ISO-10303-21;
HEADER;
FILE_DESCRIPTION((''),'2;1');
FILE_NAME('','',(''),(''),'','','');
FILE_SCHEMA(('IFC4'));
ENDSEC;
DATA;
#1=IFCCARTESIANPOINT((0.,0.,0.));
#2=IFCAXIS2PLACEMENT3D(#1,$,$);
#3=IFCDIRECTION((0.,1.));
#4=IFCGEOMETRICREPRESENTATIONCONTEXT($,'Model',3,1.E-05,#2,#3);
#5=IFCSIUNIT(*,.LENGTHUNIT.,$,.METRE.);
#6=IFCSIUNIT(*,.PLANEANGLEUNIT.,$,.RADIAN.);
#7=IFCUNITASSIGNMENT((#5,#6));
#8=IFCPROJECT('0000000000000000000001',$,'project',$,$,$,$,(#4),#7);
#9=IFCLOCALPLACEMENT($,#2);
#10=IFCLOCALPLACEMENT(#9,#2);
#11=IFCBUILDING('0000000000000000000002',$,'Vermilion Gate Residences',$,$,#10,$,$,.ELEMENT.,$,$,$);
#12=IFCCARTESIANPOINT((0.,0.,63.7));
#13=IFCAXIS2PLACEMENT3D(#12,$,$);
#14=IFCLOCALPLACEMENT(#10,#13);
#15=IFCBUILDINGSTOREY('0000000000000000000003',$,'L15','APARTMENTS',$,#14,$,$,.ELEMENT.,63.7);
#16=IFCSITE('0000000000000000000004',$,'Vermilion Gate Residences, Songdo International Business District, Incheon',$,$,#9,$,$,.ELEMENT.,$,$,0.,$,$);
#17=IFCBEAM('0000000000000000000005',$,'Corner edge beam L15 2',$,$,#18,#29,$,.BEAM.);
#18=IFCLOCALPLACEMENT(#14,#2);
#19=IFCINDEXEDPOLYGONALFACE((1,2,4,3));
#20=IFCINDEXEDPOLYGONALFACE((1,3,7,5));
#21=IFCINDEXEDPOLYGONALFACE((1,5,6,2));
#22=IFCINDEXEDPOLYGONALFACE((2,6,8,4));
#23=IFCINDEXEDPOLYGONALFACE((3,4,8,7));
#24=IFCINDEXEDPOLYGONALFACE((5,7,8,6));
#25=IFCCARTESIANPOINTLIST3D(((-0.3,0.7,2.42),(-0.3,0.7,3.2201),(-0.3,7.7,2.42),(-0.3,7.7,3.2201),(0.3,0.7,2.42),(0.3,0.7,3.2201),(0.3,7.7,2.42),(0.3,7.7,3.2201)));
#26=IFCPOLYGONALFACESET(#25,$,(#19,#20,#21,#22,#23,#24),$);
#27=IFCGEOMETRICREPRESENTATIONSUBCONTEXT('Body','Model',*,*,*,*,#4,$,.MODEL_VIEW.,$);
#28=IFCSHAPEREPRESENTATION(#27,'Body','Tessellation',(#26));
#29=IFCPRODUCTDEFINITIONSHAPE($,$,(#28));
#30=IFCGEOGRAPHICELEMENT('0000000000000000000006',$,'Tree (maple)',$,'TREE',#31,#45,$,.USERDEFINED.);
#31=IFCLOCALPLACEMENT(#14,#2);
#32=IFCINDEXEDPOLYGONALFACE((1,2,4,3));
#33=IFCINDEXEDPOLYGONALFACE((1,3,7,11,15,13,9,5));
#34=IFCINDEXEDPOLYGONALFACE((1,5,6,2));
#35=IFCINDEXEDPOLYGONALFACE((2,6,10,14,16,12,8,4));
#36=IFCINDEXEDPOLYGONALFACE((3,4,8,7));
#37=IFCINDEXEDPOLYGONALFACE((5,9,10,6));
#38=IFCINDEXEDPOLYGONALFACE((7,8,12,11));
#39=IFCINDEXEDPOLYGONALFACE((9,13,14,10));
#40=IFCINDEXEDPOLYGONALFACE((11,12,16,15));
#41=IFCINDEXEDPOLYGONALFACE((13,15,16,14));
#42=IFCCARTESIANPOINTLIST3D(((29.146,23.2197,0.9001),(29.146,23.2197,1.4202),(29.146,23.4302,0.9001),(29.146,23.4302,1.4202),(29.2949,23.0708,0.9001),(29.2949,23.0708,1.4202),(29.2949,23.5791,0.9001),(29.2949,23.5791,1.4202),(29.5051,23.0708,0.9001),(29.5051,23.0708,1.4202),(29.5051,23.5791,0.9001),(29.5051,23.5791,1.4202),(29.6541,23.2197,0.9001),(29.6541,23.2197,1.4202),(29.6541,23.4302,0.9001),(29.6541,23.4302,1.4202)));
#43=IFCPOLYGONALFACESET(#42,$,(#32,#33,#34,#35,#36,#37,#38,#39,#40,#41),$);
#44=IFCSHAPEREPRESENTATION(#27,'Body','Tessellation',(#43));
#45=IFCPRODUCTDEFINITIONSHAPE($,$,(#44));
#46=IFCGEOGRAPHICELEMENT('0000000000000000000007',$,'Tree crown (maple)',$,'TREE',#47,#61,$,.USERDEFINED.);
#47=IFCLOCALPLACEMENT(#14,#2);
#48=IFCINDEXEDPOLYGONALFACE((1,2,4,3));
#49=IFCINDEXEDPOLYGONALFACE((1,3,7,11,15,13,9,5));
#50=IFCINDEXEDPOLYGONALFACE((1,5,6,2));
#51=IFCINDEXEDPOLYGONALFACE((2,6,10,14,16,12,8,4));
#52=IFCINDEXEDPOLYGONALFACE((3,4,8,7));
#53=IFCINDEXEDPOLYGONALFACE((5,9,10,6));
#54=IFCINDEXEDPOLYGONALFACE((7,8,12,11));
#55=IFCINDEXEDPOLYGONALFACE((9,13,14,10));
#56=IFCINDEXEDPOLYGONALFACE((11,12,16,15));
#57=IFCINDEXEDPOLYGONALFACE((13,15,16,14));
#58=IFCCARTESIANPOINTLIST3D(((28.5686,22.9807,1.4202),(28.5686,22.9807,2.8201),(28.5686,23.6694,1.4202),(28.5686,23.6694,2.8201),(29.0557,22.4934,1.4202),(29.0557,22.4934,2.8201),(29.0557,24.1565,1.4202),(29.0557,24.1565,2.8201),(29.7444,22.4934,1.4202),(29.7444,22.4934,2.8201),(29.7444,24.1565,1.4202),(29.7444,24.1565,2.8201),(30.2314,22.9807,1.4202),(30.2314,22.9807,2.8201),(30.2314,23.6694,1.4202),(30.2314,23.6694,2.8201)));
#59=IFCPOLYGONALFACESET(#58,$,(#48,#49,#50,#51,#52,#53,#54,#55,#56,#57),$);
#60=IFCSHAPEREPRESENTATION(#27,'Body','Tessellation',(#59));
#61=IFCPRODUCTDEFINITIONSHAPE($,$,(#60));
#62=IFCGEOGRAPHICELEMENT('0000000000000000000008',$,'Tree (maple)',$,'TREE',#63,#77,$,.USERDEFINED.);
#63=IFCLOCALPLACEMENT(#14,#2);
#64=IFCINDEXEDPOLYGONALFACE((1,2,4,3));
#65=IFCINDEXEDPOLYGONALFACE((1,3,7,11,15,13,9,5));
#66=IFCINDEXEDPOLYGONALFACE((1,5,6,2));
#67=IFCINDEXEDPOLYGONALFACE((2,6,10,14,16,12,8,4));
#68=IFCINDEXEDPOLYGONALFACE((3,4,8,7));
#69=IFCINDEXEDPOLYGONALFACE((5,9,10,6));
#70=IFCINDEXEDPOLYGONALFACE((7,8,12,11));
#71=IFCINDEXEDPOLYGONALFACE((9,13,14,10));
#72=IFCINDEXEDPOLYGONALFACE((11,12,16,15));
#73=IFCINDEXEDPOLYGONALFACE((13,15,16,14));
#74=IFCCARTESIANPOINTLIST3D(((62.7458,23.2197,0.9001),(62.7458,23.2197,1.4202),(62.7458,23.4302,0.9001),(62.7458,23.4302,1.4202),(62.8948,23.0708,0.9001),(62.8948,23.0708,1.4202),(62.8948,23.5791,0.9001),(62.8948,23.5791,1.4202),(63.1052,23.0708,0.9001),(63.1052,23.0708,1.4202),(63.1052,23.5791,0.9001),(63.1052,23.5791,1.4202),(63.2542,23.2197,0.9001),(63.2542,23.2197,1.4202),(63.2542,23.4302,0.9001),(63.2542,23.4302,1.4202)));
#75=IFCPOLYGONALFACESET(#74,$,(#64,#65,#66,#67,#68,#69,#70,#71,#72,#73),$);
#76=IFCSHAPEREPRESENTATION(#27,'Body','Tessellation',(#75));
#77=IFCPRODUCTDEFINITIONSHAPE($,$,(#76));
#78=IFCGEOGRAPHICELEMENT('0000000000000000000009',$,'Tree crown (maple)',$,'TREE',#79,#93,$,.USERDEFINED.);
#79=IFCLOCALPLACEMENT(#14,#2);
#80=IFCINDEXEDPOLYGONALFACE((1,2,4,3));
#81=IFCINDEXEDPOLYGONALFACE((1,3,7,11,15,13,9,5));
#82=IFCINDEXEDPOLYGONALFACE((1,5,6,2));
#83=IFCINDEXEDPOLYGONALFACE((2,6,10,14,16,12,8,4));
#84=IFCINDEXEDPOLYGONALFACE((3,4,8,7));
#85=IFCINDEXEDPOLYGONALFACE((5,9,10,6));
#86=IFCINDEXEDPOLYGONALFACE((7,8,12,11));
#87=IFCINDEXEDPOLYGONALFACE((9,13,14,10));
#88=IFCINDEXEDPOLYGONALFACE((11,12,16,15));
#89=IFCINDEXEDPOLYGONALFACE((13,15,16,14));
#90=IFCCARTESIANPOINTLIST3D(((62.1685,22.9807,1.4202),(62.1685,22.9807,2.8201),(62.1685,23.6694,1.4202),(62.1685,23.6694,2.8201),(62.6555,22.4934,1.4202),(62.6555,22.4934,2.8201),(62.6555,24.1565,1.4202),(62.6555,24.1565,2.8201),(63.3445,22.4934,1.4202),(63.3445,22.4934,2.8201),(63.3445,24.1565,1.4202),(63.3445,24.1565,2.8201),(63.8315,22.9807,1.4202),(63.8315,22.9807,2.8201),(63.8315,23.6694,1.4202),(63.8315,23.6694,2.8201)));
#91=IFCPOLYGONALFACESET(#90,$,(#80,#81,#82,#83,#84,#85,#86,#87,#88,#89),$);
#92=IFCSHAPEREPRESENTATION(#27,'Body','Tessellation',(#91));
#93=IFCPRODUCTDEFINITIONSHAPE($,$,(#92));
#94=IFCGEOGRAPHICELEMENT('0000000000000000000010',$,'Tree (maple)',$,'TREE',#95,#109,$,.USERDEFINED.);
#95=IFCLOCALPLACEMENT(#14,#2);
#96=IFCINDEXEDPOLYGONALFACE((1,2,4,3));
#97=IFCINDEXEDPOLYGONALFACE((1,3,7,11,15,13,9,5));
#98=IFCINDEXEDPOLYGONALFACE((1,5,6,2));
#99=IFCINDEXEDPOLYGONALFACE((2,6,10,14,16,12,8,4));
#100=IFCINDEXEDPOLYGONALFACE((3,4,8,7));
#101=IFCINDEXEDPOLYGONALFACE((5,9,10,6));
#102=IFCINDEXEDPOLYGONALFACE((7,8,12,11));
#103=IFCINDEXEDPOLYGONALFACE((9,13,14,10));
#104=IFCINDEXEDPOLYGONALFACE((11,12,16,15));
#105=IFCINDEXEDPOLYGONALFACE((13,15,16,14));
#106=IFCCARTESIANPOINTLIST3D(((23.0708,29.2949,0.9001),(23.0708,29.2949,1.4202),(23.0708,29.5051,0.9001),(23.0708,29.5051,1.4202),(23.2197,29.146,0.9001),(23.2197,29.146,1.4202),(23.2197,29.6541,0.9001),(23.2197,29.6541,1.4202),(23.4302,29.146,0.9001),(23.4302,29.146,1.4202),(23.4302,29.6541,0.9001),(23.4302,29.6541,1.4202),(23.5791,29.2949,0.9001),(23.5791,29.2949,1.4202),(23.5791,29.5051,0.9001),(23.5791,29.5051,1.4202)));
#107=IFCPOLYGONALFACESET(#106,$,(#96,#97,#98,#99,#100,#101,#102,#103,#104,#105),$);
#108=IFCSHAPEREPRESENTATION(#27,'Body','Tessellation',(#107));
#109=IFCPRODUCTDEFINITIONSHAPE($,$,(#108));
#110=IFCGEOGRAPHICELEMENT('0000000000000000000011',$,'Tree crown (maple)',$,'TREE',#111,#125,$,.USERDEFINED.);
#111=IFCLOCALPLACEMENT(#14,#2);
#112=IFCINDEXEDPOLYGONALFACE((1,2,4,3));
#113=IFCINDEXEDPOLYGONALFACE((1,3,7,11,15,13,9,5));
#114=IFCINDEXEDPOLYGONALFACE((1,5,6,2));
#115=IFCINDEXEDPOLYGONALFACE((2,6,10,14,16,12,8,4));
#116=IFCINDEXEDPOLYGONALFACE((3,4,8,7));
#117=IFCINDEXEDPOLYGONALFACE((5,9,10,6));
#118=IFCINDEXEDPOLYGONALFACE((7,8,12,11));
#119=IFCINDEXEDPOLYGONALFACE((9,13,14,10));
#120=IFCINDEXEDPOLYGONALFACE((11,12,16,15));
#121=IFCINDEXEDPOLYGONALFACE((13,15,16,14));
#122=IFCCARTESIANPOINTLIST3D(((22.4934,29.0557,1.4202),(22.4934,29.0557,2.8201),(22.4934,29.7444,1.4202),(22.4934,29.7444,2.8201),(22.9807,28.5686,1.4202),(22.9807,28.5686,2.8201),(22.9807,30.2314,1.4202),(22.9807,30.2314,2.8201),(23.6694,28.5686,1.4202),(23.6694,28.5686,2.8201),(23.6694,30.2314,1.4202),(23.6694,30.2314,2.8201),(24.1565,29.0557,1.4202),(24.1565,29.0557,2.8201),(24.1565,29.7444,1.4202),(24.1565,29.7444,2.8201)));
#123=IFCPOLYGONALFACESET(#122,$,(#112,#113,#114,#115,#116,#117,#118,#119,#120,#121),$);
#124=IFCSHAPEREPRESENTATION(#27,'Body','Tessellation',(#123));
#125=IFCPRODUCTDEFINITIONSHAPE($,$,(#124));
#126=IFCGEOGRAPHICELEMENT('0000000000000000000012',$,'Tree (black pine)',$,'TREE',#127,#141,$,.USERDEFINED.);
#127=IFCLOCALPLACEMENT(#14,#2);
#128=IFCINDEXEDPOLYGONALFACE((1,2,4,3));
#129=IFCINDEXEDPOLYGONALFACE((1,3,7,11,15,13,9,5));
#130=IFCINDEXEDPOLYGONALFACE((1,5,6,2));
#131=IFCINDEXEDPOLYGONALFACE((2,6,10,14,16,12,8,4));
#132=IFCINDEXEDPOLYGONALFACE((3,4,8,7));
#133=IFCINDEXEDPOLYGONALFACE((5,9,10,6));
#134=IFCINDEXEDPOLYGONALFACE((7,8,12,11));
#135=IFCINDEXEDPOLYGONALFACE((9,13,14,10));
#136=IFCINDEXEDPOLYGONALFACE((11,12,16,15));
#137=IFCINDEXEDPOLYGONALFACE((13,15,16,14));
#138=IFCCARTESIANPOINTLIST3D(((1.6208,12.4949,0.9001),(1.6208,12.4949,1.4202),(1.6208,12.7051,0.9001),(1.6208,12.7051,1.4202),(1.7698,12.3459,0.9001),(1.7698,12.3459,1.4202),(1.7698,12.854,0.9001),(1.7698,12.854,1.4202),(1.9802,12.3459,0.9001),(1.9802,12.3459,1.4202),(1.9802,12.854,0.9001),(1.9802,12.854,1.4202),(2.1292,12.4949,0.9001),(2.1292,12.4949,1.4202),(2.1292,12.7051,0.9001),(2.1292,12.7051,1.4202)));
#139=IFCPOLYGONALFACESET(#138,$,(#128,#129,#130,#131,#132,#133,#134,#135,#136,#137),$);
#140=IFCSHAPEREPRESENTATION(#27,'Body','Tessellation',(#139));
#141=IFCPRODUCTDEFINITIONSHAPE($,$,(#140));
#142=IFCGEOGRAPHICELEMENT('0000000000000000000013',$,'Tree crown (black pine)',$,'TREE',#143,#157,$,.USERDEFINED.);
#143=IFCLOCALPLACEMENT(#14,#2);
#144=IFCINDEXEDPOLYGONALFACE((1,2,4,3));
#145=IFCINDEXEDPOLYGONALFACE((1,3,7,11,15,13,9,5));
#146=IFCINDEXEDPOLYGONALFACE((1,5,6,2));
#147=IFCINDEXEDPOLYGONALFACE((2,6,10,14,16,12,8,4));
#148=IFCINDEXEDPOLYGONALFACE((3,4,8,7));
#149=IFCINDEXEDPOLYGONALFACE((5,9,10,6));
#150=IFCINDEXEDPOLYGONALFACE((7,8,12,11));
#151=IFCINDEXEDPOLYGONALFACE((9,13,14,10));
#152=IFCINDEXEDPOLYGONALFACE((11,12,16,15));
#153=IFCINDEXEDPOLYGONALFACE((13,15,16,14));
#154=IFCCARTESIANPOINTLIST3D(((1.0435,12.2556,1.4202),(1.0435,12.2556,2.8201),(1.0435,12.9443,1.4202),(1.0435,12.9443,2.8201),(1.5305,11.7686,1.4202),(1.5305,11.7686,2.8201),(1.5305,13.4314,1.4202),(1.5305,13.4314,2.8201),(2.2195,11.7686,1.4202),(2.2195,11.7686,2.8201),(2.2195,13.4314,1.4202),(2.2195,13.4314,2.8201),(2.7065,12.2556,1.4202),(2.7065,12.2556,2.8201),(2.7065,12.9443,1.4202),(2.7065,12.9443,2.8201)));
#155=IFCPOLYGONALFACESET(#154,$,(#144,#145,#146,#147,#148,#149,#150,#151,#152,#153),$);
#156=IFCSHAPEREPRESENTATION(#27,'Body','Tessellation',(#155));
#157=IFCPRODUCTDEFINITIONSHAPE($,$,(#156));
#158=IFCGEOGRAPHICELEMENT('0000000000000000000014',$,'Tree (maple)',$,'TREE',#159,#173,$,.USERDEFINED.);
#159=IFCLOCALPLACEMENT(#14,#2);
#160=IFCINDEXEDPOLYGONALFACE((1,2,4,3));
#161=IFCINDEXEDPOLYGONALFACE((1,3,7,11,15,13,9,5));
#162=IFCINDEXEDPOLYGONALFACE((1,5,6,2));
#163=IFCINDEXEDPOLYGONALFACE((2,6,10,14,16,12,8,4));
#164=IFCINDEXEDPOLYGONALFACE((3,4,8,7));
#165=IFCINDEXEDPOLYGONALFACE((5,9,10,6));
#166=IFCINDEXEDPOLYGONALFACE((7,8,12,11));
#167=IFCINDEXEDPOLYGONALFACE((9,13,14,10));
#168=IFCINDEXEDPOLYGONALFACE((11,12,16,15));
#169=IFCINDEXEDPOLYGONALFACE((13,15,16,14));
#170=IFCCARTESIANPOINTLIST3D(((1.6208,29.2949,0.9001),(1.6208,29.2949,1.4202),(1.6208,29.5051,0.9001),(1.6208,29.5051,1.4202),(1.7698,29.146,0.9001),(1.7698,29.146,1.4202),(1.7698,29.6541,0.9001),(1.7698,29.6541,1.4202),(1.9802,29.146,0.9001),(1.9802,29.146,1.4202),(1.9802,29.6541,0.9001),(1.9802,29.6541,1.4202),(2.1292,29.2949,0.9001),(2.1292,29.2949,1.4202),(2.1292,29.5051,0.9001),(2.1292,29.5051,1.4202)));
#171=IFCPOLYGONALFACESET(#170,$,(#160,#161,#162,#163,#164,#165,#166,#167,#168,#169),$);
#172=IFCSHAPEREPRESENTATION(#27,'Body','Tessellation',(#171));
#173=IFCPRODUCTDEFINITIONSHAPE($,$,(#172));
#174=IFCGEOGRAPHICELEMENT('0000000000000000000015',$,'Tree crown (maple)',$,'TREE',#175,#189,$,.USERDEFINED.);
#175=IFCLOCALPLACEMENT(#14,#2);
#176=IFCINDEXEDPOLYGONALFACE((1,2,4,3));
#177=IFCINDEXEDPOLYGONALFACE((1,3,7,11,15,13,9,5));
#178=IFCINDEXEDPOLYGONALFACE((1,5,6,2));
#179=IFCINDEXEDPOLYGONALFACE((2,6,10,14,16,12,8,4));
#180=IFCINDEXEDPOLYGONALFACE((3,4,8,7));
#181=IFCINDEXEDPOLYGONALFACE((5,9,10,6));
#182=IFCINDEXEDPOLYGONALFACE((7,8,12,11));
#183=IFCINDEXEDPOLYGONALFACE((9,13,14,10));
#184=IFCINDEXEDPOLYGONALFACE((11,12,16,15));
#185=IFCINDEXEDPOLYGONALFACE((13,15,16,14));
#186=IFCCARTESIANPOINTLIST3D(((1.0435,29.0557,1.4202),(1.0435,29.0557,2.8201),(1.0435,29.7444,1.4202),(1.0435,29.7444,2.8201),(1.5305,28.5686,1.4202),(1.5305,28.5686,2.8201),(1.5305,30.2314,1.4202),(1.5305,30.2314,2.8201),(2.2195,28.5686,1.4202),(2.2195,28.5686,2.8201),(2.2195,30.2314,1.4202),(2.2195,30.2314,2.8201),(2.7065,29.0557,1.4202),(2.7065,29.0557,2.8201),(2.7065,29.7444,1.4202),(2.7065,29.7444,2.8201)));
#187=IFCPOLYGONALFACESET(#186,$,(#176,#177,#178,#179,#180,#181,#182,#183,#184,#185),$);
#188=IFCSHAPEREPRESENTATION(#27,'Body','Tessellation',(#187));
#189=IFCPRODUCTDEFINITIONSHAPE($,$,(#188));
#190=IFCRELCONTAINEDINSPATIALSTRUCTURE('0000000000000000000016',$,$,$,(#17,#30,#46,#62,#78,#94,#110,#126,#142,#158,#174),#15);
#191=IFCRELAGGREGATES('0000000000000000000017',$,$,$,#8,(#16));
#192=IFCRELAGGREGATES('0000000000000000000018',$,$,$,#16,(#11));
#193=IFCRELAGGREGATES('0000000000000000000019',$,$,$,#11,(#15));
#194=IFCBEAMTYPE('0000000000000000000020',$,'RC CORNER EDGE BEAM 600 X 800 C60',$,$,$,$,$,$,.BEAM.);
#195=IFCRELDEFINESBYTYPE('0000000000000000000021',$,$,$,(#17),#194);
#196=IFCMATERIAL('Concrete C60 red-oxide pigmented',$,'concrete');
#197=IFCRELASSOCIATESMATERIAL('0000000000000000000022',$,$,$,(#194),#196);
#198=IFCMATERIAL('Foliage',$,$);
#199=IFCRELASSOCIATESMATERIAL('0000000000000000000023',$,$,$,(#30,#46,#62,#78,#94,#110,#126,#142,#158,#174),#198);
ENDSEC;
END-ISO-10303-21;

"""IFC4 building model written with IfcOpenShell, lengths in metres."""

from ifc_helpers import new_model, si_unit, direction, frame, origin, origin_2d, place, context, subcontext, project, spatial, polyline, rectangle, outline, extrude, material, material_profile, profile_set, type_object, element, save


model = new_model("IFC4")

# Units and contexts
model_context = context("Model", 3, precision=1e-05, world=origin(), true_north=direction((0.0, 1.0)))
body_context = subcontext(model_context, "Body", "Model", "MODEL_VIEW")
ifc_project = project(units=[si_unit("LENGTHUNIT", "METRE"), si_unit("PLANEANGLEUNIT", "RADIAN")], contexts=[model_context])

# Site, building, storey
site_placement = place(None, origin())
site = spatial("IfcSite", under=ifc_project, at=site_placement, Name="Vermilion Gate Residences, Songdo International Business District, Incheon", CompositionType="ELEMENT", RefElevation=0.0)
building_placement = place(site_placement, origin())
building = spatial("IfcBuilding", under=site, at=building_placement, Name="Vermilion Gate Residences", CompositionType="ELEMENT")
storey_placement = place(building_placement, frame((0.0, 0.0, 63.7)))
storey = spatial("IfcBuildingStorey", under=building, at=storey_placement, Name="L15", Description="APARTMENTS", CompositionType="ELEMENT", Elevation=63.7)

# Beam
ifc_material_1 = material(Name="Concrete C60 red-oxide pigmented", Category="concrete")
ifc_material_profile = material_profile(ifc_material_1, rectangle(XDim=0.6001, YDim=0.8, at=origin_2d()), Name="RC-600x800")
ifc_profile_set = profile_set([ifc_material_profile], Name="Concrete C60 red-oxide pigmented")
beam_type = type_object("IfcBeamType", Name="RC CORNER EDGE BEAM 600 X 800 C60", PredefinedType="BEAM", material=ifc_profile_set)
beam_placement = place(storey_placement, frame((0.0, 0.7, 2.8201), z_axis=(0.0, 1.0, 0.0), x_axis=(-1.0, 0.0, 0.0)))
element("IfcBeam", 1, at=beam_placement, inside=storey, type_object=beam_type, Name="Corner edge beam L15 2", PredefinedType="BEAM", context=body_context, shape_type="SweptSolid", body=[
    extrude(rectangle(XDim=0.6001, YDim=0.8, at=origin_2d()), origin(), (0.0, 0.0, 1.0), 7.0),
])

# Geographic elements
ifc_material_2 = material(Name="Foliage")
geographic_element_1_placement = place(storey_placement, frame((0.0, 0.0, 0.9001)))
element("IfcGeographicElement", 2, at=geographic_element_1_placement, inside=storey, material=ifc_material_2, Name="Tree (maple)", ObjectType="TREE", PredefinedType="USERDEFINED", context=body_context, shape_type="SweptSolid", body=[
    extrude(outline(polyline([(29.6541, 23.4302), (29.5051, 23.5791), (29.2949, 23.5791), (29.146, 23.4302), (29.146, 23.2197), (29.2949, 23.0708), (29.5051, 23.0708), (29.6541, 23.2197), (29.6541, 23.4302)])), origin(), (0.0, 0.0, 1.0), 0.52),
])
geographic_element_2_placement = place(storey_placement, frame((0.0, 0.0, 1.4202)))
element("IfcGeographicElement", 3, at=geographic_element_2_placement, inside=storey, material=ifc_material_2, Name="Tree crown (maple)", ObjectType="TREE", PredefinedType="USERDEFINED", context=body_context, shape_type="SweptSolid", body=[
    extrude(outline(polyline([(30.2314, 23.6694), (29.7444, 24.1565), (29.0557, 24.1565), (28.5686, 23.6694), (28.5686, 22.9807), (29.0557, 22.4934), (29.7444, 22.4934), (30.2314, 22.9807), (30.2314, 23.6694)])), origin(), (0.0, 0.0, 1.0), 1.3999),
])
geographic_element_3_placement = place(storey_placement, frame((0.0, 0.0, 0.9001)))
element("IfcGeographicElement", 4, at=geographic_element_3_placement, inside=storey, material=ifc_material_2, Name="Tree (maple)", ObjectType="TREE", PredefinedType="USERDEFINED", context=body_context, shape_type="SweptSolid", body=[
    extrude(outline(polyline([(63.2542, 23.4302), (63.1052, 23.5791), (62.8948, 23.5791), (62.7458, 23.4302), (62.7458, 23.2197), (62.8948, 23.0708), (63.1052, 23.0708), (63.2542, 23.2197), (63.2542, 23.4302)])), origin(), (0.0, 0.0, 1.0), 0.52),
])
geographic_element_4_placement = place(storey_placement, frame((0.0, 0.0, 1.4202)))
element("IfcGeographicElement", 5, at=geographic_element_4_placement, inside=storey, material=ifc_material_2, Name="Tree crown (maple)", ObjectType="TREE", PredefinedType="USERDEFINED", context=body_context, shape_type="SweptSolid", body=[
    extrude(outline(polyline([(63.8315, 23.6694), (63.3445, 24.1565), (62.6555, 24.1565), (62.1685, 23.6694), (62.1685, 22.9807), (62.6555, 22.4934), (63.3445, 22.4934), (63.8315, 22.9807), (63.8315, 23.6694)])), origin(), (0.0, 0.0, 1.0), 1.3999),
])
geographic_element_5_placement = place(storey_placement, frame((0.0, 0.0, 0.9001)))
element("IfcGeographicElement", 6, at=geographic_element_5_placement, inside=storey, material=ifc_material_2, Name="Tree (maple)", ObjectType="TREE", PredefinedType="USERDEFINED", context=body_context, shape_type="SweptSolid", body=[
    extrude(outline(polyline([(23.5791, 29.5051), (23.4302, 29.6541), (23.2197, 29.6541), (23.0708, 29.5051), (23.0708, 29.2949), (23.2197, 29.146), (23.4302, 29.146), (23.5791, 29.2949), (23.5791, 29.5051)])), origin(), (0.0, 0.0, 1.0), 0.52),
])
geographic_element_6_placement = place(storey_placement, frame((0.0, 0.0, 1.4202)))
element("IfcGeographicElement", 7, at=geographic_element_6_placement, inside=storey, material=ifc_material_2, Name="Tree crown (maple)", ObjectType="TREE", PredefinedType="USERDEFINED", context=body_context, shape_type="SweptSolid", body=[
    extrude(outline(polyline([(24.1565, 29.7444), (23.6694, 30.2314), (22.9807, 30.2314), (22.4934, 29.7444), (22.4934, 29.0557), (22.9807, 28.5686), (23.6694, 28.5686), (24.1565, 29.0557), (24.1565, 29.7444)])), origin(), (0.0, 0.0, 1.0), 1.3999),
])
geographic_element_7_placement = place(storey_placement, frame((0.0, 0.0, 0.9001)))
element("IfcGeographicElement", 8, at=geographic_element_7_placement, inside=storey, material=ifc_material_2, Name="Tree (black pine)", ObjectType="TREE", PredefinedType="USERDEFINED", context=body_context, shape_type="SweptSolid", body=[
    extrude(outline(polyline([(2.1292, 12.7051), (1.9802, 12.854), (1.7698, 12.854), (1.6208, 12.7051), (1.6208, 12.4949), (1.7698, 12.3459), (1.9802, 12.3459), (2.1292, 12.4949), (2.1292, 12.7051)])), origin(), (0.0, 0.0, 1.0), 0.52),
])
geographic_element_8_placement = place(storey_placement, frame((0.0, 0.0, 1.4202)))
element("IfcGeographicElement", 9, at=geographic_element_8_placement, inside=storey, material=ifc_material_2, Name="Tree crown (black pine)", ObjectType="TREE", PredefinedType="USERDEFINED", context=body_context, shape_type="SweptSolid", body=[
    extrude(outline(polyline([(2.7065, 12.9443), (2.2195, 13.4314), (1.5305, 13.4314), (1.0435, 12.9443), (1.0435, 12.2556), (1.5305, 11.7686), (2.2195, 11.7686), (2.7065, 12.2556), (2.7065, 12.9443)])), origin(), (0.0, 0.0, 1.0), 1.3999),
])
geographic_element_9_placement = place(storey_placement, frame((0.0, 0.0, 0.9001)))
element("IfcGeographicElement", 10, at=geographic_element_9_placement, inside=storey, material=ifc_material_2, Name="Tree (maple)", ObjectType="TREE", PredefinedType="USERDEFINED", context=body_context, shape_type="SweptSolid", body=[
    extrude(outline(polyline([(2.1292, 29.5051), (1.9802, 29.6541), (1.7698, 29.6541), (1.6208, 29.5051), (1.6208, 29.2949), (1.7698, 29.146), (1.9802, 29.146), (2.1292, 29.2949), (2.1292, 29.5051)])), origin(), (0.0, 0.0, 1.0), 0.52),
])
geographic_element_10_placement = place(storey_placement, frame((0.0, 0.0, 1.4202)))
element("IfcGeographicElement", 11, at=geographic_element_10_placement, inside=storey, material=ifc_material_2, Name="Tree crown (maple)", ObjectType="TREE", PredefinedType="USERDEFINED", context=body_context, shape_type="SweptSolid", body=[
    extrude(outline(polyline([(2.7065, 29.7444), (2.2195, 30.2314), (1.5305, 30.2314), (1.0435, 29.7444), (1.0435, 29.0557), (1.5305, 28.5686), (2.2195, 28.5686), (2.7065, 29.0557), (2.7065, 29.7444)])), origin(), (0.0, 0.0, 1.0), 1.3999),
])

save(model, "model.ifc")
